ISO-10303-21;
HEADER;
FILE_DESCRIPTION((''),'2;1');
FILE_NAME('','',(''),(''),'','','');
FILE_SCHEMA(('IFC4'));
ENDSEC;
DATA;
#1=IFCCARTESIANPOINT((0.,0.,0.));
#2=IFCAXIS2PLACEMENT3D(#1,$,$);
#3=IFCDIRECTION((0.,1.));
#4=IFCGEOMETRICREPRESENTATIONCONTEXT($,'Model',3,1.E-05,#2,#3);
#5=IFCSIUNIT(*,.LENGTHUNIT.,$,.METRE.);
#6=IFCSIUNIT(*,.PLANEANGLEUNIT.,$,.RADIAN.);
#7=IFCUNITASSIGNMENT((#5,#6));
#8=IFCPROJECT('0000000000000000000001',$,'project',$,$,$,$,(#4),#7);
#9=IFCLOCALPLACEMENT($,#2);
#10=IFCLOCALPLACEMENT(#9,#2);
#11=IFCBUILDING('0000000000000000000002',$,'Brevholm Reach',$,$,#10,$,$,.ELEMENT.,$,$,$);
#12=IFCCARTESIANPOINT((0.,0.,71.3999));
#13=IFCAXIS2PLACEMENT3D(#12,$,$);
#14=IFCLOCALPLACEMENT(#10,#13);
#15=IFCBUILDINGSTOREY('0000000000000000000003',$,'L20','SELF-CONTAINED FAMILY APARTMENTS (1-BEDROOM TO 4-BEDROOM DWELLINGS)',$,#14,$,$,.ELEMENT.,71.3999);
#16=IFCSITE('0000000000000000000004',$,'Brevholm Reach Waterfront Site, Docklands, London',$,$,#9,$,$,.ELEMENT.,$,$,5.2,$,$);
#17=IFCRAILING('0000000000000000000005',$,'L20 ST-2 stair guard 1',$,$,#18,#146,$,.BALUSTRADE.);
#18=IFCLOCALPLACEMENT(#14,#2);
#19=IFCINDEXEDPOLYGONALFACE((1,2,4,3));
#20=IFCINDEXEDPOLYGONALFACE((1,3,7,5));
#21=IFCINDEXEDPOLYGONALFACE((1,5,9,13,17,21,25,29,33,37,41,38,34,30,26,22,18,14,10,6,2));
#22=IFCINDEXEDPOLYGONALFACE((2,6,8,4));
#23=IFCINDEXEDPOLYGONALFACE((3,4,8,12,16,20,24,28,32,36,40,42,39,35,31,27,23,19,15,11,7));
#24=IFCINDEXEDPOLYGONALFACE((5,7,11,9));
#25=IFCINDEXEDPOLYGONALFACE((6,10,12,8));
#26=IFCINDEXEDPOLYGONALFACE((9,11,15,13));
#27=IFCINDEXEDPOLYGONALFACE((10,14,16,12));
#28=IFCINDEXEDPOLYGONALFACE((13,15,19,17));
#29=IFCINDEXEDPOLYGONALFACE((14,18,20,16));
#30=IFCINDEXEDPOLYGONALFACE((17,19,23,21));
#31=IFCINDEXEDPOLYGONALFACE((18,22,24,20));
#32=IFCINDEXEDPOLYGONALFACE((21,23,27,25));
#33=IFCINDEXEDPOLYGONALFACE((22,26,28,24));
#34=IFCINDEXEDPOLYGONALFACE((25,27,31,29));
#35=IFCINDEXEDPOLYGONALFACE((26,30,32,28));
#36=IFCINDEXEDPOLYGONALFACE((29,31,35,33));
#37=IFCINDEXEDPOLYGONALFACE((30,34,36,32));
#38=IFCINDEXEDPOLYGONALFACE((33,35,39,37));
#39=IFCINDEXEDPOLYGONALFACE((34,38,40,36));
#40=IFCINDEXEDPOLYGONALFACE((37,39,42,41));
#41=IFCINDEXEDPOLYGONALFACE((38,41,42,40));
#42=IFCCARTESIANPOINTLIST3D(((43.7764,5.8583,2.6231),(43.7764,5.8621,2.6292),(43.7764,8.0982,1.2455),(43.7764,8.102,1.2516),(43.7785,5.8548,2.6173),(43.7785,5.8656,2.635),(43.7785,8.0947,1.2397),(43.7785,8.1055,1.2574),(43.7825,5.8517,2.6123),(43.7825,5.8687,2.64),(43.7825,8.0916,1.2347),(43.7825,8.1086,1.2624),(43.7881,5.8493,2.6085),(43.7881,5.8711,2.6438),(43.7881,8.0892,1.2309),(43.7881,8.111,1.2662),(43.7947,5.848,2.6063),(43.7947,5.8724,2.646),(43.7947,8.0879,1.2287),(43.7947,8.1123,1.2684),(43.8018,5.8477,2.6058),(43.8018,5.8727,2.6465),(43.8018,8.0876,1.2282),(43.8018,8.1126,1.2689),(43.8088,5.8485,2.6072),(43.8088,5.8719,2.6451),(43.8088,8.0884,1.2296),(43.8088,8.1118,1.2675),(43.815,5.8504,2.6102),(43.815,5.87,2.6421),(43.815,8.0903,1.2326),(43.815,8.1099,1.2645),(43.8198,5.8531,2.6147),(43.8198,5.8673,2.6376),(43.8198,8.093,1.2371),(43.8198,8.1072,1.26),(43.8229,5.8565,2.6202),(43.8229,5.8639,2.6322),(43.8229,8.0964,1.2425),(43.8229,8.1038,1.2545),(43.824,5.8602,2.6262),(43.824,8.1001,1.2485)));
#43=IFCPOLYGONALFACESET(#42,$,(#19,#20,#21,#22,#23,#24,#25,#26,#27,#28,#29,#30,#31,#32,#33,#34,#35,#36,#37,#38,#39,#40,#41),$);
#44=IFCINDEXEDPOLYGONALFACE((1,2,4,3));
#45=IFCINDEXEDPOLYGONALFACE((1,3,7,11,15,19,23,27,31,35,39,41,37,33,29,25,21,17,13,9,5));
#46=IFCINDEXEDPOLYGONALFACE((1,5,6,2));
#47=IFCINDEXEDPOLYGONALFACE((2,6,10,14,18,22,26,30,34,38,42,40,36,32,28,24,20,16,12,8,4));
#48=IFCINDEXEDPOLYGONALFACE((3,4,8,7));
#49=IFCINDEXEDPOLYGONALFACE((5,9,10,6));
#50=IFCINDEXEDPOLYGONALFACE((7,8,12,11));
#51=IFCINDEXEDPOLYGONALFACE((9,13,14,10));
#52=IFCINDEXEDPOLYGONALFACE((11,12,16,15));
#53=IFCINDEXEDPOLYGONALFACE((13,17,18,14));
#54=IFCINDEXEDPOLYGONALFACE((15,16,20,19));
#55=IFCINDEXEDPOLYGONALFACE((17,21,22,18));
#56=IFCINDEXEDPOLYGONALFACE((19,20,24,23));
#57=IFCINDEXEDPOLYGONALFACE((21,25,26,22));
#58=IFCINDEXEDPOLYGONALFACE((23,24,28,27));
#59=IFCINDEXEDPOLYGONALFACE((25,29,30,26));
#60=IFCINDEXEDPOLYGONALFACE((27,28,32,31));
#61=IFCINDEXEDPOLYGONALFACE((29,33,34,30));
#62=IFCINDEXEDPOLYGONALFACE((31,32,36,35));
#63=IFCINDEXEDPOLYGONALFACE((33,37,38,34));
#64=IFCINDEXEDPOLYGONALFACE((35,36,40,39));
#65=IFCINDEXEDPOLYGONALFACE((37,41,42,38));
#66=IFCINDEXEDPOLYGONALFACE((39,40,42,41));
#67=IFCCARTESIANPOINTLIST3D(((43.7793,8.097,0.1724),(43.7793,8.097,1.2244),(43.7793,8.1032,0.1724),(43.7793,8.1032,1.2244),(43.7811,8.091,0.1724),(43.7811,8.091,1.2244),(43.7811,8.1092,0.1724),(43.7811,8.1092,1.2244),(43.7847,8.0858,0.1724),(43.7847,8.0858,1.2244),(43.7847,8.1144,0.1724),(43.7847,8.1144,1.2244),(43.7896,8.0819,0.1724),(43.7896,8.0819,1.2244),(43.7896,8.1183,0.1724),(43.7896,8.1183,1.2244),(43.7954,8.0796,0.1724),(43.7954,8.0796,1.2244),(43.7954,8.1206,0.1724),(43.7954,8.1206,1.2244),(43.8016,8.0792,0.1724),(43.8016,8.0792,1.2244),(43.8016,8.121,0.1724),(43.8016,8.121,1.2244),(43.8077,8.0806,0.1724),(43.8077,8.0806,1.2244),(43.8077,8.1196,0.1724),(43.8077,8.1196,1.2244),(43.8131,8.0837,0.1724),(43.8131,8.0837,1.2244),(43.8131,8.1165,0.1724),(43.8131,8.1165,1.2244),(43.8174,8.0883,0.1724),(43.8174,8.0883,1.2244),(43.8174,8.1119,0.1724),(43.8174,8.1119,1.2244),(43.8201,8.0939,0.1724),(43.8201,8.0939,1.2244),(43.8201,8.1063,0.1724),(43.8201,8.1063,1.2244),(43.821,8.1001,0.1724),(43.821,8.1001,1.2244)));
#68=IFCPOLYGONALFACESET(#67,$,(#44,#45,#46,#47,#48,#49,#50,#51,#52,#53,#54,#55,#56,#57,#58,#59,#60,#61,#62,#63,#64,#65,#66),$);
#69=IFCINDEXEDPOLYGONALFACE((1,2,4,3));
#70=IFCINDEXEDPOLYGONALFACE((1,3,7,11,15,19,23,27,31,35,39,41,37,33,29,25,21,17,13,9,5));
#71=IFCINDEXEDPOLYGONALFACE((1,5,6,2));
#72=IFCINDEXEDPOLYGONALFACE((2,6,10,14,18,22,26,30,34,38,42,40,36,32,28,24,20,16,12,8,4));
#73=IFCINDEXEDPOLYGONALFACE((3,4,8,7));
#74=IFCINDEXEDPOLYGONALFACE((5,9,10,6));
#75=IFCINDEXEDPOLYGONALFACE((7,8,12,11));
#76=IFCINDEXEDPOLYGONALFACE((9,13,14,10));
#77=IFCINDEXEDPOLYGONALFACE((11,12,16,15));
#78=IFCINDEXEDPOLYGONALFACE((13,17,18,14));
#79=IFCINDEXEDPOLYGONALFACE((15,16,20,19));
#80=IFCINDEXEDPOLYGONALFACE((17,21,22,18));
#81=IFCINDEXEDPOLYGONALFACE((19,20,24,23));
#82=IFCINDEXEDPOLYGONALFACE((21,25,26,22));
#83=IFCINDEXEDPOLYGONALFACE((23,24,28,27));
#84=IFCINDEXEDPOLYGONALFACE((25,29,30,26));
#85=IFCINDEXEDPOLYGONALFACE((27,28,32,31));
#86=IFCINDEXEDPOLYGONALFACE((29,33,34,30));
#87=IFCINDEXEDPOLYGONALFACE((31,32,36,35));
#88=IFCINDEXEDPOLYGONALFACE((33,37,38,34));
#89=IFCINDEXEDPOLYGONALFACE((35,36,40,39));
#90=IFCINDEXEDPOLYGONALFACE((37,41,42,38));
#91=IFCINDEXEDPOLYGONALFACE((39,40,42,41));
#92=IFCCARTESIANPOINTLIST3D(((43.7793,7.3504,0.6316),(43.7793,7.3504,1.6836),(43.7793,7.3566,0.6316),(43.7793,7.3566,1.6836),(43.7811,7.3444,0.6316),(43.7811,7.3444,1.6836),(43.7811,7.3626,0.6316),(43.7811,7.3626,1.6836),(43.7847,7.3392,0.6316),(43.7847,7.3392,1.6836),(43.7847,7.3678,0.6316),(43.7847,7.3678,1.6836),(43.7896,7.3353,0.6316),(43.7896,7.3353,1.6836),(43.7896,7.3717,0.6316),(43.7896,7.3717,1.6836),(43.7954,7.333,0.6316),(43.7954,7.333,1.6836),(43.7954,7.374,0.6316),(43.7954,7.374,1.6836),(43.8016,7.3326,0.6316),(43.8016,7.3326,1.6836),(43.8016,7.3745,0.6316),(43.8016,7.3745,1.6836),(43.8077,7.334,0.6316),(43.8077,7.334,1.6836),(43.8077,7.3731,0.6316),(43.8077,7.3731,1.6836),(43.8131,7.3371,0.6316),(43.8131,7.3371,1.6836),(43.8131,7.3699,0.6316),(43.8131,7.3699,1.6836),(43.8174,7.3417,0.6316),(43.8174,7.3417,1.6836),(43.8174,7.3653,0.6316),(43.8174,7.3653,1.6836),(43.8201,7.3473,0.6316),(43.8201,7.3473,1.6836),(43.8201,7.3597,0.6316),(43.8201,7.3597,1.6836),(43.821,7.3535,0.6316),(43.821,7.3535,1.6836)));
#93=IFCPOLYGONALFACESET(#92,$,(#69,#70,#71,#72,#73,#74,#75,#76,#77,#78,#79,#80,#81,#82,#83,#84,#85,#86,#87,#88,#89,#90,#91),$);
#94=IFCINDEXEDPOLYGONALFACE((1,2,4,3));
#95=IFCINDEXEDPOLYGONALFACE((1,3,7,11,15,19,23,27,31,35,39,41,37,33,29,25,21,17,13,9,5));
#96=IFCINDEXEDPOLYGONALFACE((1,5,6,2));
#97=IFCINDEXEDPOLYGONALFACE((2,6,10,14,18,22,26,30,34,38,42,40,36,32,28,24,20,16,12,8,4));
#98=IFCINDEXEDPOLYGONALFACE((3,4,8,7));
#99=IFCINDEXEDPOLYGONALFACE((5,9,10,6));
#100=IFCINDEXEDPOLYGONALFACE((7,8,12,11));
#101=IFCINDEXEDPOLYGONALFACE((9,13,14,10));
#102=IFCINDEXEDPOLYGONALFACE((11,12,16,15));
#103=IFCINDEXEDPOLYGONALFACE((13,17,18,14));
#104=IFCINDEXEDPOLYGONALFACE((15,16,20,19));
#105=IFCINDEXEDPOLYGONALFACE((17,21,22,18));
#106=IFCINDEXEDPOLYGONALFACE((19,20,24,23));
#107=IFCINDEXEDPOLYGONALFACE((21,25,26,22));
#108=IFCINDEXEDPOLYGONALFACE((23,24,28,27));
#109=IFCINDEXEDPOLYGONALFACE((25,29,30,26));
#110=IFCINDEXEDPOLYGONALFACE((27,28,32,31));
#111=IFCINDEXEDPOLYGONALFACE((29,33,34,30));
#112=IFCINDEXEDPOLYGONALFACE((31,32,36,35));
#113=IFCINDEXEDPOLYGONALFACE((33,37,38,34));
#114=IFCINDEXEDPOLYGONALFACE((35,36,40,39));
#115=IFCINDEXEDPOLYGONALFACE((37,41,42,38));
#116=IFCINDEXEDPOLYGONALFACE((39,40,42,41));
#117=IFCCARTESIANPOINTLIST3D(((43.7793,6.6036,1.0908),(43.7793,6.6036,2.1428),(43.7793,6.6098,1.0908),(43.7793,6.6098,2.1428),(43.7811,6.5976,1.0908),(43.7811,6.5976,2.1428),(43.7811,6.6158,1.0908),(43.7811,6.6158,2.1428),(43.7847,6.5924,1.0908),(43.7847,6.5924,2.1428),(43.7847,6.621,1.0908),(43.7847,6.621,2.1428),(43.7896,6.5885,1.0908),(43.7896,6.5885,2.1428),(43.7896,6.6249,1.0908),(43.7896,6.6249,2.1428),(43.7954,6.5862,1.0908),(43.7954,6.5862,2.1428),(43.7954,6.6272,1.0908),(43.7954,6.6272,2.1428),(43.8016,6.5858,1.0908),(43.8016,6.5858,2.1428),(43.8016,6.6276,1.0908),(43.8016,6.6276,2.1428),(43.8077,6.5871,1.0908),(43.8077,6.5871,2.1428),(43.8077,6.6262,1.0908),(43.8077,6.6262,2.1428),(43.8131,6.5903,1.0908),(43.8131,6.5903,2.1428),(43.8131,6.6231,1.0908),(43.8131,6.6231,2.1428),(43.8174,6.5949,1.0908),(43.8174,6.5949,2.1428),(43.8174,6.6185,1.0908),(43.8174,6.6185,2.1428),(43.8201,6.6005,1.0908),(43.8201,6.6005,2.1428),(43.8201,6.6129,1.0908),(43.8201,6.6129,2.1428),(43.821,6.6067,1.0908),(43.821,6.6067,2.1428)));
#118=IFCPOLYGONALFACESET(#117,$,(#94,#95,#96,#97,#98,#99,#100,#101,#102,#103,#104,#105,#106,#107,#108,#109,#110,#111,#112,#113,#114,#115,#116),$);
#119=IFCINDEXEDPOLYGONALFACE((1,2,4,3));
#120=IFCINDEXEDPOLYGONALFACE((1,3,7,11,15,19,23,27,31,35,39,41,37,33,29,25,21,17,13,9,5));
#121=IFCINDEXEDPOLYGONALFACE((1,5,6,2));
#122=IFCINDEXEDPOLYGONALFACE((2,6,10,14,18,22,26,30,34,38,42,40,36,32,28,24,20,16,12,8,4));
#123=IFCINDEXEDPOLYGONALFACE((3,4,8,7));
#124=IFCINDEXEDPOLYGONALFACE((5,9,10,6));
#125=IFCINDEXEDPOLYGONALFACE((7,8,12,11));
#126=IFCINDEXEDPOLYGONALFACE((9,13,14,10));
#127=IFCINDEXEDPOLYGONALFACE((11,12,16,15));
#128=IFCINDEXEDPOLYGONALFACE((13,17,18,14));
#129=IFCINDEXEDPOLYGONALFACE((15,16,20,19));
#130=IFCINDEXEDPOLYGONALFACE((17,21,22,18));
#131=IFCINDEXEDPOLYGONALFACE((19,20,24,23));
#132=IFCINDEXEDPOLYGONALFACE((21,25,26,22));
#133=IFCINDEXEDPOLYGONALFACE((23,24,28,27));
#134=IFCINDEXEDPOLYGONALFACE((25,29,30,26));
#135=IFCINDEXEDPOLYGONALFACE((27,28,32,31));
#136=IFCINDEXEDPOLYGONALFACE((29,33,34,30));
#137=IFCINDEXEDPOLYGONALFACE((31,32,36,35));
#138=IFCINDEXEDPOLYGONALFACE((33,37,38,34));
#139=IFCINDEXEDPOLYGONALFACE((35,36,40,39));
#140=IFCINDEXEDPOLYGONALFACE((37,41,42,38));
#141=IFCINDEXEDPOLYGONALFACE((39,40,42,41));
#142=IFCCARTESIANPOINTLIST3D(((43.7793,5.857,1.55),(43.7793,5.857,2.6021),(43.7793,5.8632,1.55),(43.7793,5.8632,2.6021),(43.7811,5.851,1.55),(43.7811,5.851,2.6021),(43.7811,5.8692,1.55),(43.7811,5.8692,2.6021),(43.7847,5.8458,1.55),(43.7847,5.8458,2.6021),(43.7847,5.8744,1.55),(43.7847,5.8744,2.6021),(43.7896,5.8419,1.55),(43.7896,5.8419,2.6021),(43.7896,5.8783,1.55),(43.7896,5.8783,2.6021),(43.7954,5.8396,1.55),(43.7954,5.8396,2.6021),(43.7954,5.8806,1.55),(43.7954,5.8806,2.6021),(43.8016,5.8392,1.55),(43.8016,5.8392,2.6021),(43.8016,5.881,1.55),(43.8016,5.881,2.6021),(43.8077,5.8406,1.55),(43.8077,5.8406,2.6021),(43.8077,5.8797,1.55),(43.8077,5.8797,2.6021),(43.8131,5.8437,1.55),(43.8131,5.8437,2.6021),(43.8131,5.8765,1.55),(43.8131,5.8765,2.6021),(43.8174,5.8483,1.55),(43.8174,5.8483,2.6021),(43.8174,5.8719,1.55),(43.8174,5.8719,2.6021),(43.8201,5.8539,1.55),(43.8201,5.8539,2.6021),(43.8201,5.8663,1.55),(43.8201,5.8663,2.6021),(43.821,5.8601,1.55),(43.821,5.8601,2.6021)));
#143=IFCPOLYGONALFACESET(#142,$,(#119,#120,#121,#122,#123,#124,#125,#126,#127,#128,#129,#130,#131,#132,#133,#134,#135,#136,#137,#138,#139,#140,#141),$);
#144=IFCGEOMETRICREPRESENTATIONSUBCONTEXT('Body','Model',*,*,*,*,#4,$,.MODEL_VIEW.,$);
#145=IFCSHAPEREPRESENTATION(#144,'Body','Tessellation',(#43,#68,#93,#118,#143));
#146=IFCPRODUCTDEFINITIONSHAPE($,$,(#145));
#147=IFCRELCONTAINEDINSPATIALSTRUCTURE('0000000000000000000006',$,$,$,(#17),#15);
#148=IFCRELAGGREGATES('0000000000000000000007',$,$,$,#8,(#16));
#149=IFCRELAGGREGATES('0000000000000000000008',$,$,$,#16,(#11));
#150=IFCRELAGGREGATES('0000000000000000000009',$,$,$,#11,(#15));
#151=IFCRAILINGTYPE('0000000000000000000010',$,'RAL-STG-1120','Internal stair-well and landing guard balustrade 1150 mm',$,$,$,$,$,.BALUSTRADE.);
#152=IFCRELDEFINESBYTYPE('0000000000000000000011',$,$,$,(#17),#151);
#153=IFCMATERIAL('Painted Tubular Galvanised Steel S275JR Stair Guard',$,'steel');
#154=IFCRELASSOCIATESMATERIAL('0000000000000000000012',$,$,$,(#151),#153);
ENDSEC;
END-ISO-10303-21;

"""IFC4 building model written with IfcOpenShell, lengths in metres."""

from ifc_helpers import new_model, si_unit, direction, frame, origin, origin_2d, place, context, subcontext, project, spatial, circle, extrude, material, type_object, element, save


model = new_model("IFC4")

# Units and contexts
model_context = context("Model", 3, precision=1e-05, world=origin(), true_north=direction((0.0, 1.0)))
body_context = subcontext(model_context, "Body", "Model", "MODEL_VIEW")
ifc_project = project(units=[si_unit("LENGTHUNIT", "METRE"), si_unit("PLANEANGLEUNIT", "RADIAN")], contexts=[model_context])

# Site, building, storey
site_placement = place(None, origin())
site = spatial("IfcSite", under=ifc_project, at=site_placement, Name="Brevholm Reach Waterfront Site, Docklands, London", CompositionType="ELEMENT", RefElevation=5.2)
building_placement = place(site_placement, origin())
building = spatial("IfcBuilding", under=site, at=building_placement, Name="Brevholm Reach", CompositionType="ELEMENT")
storey_placement = place(building_placement, frame((0.0, 0.0, 71.3999)))
storey = spatial("IfcBuildingStorey", under=building, at=storey_placement, Name="L20", Description="SELF-CONTAINED FAMILY APARTMENTS (1-BEDROOM TO 4-BEDROOM DWELLINGS)", CompositionType="ELEMENT", Elevation=71.3999)

# Railing
ifc_material_1 = material(Name="Painted Tubular Galvanised Steel S275JR Stair Guard", Category="steel")
railing_type_1 = type_object("IfcRailingType", Name="RAL-STG-1120", Description="Internal stair-well and landing guard balustrade 1150 mm", PredefinedType="BALUSTRADE", material=ifc_material_1)
railing_1_placement = place(storey_placement, frame((43.8, 8.1001, 0.1724)))
element("IfcRailing", 1, at=railing_1_placement, inside=storey, type_object=railing_type_1, Name="L20 ST-2 stair guard 1", PredefinedType="BALUSTRADE", context=body_context, shape_type="SweptSolid", body=[
    extrude(circle(Radius=0.0239, at=origin_2d()), frame((0.0, 0.0, 1.0762), z_axis=(0.0, -0.851789, 0.523885), x_axis=(1.0, 0.0, 0.0)), (0.0, 0.0, 1.0), 2.6296),
    extrude(circle(Radius=0.021, at=origin_2d()), origin(), (0.0, 0.0, 1.0), 1.052),
    extrude(circle(Radius=0.021, at=origin_2d()), frame((0.0, -0.7466, 0.4592)), (0.0, 0.0, 1.0), 1.052),
    extrude(circle(Radius=0.021, at=origin_2d()), frame((0.0, -1.4934, 0.9185)), (0.0, 0.0, 1.0), 1.052),
    extrude(circle(Radius=0.021, at=origin_2d()), frame((0.0, -2.24, 1.3777)), (0.0, 0.0, 1.0), 1.052),
])

save(model, "model.ifc")
